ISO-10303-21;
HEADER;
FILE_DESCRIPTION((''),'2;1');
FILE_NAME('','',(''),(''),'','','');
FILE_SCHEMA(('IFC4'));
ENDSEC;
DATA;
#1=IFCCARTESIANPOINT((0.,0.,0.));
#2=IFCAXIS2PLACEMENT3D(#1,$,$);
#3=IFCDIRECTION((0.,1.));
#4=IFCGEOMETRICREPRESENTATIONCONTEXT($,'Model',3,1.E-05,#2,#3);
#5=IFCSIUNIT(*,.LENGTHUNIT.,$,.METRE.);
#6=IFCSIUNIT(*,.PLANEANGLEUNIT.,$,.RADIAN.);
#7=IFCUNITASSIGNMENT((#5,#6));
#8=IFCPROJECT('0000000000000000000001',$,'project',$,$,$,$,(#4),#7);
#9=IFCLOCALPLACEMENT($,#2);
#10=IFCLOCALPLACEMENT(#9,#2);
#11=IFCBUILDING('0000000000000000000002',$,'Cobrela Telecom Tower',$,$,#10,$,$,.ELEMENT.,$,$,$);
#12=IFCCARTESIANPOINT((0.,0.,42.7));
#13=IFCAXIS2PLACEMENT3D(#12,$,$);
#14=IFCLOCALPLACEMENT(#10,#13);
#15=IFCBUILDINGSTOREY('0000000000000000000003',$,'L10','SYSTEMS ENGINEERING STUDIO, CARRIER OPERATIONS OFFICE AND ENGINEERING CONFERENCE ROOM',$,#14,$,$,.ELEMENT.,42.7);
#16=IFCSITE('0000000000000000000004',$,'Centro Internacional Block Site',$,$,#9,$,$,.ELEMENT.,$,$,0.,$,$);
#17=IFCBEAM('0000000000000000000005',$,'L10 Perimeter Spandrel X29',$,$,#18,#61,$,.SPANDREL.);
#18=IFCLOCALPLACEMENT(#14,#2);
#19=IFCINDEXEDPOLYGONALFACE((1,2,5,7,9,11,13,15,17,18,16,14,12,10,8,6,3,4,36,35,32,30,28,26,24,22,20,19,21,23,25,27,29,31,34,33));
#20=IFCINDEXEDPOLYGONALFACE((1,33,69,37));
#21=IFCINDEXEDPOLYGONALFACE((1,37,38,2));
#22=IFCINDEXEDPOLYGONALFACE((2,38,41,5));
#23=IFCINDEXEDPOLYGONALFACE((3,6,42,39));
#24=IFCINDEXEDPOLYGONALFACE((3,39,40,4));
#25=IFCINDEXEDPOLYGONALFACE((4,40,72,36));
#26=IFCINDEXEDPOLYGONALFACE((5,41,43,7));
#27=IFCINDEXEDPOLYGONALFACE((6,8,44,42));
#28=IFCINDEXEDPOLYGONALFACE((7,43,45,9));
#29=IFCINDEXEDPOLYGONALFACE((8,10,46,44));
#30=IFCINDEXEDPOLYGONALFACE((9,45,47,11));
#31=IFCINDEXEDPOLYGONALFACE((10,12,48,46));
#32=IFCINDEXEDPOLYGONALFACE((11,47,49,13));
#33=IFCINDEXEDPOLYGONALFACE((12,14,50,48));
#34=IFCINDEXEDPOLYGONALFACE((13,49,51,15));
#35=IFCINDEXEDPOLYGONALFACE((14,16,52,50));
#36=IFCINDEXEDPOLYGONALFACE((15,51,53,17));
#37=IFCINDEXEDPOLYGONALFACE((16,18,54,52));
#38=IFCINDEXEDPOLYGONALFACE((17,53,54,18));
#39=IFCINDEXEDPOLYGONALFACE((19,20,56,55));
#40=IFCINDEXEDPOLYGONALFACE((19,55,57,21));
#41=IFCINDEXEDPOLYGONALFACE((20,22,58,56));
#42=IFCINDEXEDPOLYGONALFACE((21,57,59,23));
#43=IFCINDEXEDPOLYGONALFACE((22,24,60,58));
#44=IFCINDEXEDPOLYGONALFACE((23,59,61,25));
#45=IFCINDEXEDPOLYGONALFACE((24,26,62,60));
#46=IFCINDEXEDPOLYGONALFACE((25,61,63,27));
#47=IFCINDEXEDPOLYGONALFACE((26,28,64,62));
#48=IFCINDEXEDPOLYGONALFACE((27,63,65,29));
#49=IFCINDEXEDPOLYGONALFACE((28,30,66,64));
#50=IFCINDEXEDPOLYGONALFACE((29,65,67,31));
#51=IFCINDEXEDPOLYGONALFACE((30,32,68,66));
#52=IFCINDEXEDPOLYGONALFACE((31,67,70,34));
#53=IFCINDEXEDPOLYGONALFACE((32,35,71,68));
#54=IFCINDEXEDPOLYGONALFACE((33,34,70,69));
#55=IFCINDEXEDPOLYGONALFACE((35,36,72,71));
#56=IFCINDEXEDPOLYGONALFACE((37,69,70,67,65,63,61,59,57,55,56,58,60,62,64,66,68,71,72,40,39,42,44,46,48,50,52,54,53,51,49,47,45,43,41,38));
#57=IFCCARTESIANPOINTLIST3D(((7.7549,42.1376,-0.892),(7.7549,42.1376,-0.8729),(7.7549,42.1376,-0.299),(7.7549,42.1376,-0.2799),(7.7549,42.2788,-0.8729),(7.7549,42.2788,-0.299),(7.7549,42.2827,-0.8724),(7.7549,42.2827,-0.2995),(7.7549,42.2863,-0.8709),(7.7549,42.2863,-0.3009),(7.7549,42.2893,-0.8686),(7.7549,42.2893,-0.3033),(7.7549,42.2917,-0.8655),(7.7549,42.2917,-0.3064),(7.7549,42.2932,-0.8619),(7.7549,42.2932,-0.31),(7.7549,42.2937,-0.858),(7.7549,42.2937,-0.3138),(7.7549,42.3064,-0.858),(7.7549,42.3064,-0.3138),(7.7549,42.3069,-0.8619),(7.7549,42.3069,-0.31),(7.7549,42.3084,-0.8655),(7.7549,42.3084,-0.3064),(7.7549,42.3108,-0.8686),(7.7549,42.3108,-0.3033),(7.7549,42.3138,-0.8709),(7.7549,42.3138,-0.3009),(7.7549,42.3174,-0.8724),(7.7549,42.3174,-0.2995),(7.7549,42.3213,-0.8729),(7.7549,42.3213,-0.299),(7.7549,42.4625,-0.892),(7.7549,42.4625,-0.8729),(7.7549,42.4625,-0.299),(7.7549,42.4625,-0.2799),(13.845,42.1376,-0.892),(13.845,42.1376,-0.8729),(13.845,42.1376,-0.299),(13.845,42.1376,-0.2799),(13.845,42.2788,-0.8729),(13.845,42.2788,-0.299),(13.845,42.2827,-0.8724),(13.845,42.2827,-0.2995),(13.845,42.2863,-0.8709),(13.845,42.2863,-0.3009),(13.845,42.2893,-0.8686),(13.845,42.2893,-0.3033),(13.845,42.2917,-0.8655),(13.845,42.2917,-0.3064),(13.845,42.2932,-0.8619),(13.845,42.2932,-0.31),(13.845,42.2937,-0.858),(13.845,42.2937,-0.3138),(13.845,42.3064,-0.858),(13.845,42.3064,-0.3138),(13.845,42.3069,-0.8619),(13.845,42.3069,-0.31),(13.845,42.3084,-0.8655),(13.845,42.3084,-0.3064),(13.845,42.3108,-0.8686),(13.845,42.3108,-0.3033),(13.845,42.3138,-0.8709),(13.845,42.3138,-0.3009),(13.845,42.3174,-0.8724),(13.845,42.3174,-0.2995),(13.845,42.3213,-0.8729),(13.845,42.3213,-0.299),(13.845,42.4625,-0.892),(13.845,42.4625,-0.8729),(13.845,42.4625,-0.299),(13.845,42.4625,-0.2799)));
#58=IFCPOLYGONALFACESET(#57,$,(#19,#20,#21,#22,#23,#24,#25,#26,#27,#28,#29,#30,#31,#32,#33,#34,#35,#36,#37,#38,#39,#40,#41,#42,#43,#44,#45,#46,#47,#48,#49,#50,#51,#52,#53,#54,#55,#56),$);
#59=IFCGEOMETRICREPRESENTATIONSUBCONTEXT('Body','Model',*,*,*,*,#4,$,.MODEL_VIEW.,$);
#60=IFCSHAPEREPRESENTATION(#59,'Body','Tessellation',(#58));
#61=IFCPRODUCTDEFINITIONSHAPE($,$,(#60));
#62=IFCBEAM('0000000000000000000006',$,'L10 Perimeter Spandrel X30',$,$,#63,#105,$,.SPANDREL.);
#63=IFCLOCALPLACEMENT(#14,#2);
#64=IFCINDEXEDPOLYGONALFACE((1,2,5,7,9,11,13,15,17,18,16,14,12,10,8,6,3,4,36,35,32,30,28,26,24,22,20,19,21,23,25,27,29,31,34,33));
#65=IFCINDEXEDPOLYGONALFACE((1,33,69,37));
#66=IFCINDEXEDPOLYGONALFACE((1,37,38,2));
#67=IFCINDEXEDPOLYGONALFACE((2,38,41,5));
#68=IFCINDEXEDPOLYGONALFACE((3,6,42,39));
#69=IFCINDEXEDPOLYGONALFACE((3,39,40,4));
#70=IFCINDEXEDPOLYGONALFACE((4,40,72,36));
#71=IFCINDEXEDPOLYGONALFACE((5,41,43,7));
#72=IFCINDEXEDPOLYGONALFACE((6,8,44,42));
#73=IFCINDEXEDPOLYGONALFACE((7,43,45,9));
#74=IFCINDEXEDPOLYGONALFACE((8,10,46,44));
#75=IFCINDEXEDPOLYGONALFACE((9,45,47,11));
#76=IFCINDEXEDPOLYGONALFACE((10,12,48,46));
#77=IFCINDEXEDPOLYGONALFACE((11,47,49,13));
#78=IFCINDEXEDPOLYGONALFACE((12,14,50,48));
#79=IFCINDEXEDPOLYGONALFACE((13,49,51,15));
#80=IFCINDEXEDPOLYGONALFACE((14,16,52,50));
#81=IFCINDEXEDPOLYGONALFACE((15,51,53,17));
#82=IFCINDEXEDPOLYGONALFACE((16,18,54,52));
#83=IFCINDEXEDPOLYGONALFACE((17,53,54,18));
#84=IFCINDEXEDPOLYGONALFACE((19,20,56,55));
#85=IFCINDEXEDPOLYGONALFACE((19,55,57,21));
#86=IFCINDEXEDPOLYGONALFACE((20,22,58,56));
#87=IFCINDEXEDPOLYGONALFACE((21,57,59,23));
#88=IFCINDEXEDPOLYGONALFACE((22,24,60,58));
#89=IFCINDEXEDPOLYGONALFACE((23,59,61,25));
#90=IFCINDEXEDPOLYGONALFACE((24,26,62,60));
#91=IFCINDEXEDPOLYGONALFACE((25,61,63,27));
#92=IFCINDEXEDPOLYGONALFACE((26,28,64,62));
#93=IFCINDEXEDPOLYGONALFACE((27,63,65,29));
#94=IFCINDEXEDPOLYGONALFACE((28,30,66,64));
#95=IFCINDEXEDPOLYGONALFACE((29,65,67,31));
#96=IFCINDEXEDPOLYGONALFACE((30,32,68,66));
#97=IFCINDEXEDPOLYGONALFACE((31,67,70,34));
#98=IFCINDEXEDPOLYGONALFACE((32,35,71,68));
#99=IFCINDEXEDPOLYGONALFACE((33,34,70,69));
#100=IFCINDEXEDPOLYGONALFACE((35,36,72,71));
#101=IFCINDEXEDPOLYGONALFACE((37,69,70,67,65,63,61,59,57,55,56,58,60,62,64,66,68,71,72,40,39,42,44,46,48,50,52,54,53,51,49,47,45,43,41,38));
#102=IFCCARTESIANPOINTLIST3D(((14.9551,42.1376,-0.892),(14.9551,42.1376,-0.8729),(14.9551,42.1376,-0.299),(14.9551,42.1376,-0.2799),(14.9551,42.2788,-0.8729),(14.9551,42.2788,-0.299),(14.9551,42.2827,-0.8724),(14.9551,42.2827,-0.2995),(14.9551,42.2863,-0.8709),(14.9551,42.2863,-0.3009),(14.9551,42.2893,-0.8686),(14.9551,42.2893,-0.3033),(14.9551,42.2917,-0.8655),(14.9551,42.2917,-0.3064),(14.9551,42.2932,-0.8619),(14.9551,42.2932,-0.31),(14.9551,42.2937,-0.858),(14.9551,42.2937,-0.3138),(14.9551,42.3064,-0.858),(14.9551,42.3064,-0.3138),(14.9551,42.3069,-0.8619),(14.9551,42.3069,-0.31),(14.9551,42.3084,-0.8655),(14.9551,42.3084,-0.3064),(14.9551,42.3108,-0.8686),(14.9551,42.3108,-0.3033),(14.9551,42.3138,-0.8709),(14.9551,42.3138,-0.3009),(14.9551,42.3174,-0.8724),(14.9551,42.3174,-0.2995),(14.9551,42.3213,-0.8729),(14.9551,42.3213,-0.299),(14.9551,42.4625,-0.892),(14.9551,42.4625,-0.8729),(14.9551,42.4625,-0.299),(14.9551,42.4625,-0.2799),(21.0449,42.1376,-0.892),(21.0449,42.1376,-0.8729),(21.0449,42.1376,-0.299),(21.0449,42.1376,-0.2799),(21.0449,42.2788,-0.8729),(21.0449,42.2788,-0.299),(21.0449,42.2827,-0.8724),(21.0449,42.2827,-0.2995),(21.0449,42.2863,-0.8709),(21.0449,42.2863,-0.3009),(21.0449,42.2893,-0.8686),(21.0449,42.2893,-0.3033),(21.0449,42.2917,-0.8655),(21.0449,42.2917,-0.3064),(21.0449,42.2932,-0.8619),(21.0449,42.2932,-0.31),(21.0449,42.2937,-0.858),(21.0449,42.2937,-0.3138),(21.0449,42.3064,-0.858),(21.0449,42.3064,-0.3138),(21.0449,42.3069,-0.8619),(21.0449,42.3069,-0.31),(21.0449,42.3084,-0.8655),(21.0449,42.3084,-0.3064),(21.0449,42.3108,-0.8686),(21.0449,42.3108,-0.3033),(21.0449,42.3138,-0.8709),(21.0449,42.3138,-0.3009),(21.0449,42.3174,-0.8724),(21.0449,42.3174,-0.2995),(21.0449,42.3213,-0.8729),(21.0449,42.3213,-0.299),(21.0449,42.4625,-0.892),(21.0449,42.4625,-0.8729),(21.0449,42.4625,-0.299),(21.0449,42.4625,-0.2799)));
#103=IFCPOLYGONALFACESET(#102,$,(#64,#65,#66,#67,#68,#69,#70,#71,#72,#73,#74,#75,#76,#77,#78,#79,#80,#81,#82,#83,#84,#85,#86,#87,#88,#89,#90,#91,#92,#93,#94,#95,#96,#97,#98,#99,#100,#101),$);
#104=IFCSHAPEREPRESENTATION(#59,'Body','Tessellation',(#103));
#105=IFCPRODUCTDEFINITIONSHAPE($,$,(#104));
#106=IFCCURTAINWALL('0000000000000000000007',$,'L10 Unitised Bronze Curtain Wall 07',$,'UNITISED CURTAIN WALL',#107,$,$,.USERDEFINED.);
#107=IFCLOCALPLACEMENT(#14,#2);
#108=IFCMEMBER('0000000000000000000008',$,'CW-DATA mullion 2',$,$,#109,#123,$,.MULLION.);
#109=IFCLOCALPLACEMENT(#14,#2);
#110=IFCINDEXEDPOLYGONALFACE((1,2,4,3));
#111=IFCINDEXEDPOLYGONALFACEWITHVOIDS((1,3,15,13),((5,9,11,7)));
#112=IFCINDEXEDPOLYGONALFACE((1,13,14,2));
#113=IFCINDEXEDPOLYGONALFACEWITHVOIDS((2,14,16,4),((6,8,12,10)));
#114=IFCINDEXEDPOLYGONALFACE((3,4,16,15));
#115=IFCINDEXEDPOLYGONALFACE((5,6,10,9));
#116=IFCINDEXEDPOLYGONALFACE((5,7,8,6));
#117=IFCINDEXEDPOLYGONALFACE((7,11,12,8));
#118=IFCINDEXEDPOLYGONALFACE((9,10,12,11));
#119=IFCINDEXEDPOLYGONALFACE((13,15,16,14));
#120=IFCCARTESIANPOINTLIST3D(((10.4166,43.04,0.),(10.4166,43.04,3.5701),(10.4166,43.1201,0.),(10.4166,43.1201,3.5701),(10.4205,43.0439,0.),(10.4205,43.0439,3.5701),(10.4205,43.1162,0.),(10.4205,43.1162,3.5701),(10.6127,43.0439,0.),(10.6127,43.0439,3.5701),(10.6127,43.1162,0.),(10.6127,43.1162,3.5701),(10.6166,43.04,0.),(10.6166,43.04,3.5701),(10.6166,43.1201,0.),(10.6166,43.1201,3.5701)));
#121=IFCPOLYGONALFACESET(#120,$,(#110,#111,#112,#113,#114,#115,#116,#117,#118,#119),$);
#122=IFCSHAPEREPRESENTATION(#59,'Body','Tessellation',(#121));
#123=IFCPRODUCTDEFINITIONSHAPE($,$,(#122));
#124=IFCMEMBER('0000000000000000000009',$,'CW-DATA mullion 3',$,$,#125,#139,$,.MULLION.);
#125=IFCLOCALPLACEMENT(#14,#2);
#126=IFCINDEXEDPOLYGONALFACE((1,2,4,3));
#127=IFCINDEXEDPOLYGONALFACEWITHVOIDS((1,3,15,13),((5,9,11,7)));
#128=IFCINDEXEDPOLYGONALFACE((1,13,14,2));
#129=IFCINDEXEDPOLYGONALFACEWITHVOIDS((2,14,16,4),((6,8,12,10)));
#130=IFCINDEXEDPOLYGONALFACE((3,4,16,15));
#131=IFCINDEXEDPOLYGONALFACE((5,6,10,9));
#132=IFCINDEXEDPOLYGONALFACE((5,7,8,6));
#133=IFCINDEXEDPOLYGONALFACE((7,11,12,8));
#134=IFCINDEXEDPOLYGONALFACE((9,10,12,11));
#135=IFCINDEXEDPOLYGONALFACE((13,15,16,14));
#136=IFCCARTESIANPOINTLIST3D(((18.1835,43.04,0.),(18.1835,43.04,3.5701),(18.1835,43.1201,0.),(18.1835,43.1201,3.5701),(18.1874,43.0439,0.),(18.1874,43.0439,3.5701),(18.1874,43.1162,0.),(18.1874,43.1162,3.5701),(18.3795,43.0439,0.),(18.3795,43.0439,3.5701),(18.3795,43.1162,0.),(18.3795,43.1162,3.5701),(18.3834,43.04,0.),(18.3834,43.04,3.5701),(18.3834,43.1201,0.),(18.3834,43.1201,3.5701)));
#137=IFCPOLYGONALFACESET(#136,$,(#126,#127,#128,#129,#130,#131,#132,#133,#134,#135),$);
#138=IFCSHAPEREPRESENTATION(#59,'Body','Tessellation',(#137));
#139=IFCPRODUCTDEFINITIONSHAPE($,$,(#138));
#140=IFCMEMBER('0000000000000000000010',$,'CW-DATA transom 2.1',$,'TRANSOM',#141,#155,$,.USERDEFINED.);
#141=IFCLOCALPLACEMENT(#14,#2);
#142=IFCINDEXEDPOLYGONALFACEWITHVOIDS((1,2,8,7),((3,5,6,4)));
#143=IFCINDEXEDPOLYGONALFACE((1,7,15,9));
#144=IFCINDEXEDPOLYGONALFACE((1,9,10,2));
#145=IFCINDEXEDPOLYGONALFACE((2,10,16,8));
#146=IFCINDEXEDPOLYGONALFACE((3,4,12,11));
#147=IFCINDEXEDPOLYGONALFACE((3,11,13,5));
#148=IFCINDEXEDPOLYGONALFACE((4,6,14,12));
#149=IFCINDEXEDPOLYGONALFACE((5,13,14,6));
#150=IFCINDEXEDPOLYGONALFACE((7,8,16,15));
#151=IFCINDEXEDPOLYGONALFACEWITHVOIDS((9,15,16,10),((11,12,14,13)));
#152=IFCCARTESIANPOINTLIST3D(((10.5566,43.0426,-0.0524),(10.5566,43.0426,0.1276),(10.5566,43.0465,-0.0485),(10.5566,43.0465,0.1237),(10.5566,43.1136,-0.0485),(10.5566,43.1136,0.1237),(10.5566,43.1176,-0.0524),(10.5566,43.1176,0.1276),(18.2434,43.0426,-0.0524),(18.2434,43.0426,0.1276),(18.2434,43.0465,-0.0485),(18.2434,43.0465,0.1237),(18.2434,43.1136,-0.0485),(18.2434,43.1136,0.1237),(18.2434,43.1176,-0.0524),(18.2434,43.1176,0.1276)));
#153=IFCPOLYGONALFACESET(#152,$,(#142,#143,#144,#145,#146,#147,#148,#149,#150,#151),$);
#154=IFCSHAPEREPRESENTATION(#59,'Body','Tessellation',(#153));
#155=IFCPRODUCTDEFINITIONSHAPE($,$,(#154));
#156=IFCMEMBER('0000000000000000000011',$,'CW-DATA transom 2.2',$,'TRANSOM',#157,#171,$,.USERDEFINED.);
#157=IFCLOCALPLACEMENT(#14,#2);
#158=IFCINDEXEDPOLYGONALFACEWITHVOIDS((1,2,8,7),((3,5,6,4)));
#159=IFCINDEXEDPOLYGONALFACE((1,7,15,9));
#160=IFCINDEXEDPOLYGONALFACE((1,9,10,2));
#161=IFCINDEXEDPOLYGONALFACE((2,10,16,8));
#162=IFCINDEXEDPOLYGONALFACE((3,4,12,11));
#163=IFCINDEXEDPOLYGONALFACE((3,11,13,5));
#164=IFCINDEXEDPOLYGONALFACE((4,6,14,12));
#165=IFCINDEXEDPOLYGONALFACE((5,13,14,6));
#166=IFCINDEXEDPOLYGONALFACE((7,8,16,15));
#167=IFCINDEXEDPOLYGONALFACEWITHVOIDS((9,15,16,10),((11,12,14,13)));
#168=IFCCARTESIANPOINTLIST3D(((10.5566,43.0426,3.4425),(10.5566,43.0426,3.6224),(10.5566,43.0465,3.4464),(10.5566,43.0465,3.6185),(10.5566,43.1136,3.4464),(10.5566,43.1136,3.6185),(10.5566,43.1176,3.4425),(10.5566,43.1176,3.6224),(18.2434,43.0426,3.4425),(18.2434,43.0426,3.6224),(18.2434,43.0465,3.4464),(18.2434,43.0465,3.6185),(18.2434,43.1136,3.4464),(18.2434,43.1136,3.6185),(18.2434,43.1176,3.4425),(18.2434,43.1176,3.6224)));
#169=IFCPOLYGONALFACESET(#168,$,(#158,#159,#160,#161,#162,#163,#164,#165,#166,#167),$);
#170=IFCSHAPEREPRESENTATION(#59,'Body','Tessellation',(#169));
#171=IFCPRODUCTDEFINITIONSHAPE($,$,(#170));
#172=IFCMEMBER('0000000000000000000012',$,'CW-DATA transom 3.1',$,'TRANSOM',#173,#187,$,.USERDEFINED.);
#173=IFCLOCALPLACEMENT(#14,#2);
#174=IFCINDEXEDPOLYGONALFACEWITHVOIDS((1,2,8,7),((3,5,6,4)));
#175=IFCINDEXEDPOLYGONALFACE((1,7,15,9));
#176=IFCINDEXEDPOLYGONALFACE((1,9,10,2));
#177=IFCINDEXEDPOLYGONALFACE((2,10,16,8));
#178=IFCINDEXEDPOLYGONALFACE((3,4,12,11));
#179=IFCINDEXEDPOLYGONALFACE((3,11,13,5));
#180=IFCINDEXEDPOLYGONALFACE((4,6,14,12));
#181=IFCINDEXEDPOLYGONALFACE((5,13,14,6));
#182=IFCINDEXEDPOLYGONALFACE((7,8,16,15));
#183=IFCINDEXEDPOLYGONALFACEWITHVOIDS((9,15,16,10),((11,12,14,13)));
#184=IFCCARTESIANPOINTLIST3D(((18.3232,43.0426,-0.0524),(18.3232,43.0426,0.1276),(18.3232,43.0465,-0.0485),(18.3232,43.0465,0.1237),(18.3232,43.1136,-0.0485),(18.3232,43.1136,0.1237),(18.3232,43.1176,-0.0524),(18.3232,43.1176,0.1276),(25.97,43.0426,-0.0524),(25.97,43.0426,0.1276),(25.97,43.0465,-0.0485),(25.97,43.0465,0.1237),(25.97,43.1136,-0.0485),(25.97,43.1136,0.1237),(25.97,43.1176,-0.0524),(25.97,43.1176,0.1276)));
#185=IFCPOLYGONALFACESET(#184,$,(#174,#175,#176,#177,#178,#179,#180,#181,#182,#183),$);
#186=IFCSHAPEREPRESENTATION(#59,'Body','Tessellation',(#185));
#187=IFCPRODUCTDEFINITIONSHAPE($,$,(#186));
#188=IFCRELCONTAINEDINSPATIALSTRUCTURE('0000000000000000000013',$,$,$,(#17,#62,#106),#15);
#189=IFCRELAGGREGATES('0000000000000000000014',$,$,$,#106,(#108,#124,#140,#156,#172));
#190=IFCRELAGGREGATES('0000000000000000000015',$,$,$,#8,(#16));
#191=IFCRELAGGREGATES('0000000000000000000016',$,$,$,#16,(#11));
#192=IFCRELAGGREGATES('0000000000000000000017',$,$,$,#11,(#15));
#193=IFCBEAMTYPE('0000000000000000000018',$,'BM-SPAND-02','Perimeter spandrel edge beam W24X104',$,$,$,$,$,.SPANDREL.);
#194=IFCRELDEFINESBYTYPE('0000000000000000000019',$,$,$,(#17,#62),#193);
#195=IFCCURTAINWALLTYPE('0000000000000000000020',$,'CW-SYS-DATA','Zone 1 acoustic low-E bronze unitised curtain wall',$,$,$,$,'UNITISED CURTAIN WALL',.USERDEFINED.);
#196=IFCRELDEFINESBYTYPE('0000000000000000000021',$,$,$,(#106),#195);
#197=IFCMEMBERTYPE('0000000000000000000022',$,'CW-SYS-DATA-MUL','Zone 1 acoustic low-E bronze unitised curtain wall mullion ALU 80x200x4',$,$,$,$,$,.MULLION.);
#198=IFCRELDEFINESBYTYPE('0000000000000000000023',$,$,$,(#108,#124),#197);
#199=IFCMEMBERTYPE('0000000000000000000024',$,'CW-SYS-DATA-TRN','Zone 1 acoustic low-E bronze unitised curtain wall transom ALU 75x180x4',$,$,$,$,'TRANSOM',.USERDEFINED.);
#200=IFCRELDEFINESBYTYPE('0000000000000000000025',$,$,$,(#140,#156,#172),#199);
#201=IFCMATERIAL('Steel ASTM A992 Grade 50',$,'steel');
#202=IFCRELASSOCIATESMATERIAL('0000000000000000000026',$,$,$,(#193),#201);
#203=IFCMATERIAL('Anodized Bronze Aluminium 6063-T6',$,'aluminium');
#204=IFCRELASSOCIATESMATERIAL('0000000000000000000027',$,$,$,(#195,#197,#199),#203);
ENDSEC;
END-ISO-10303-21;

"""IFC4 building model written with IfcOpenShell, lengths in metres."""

from ifc_helpers import new_model, si_unit, direction, frame, origin, origin_2d, place, context, subcontext, project, spatial, hollow_rectangle, i_section, extrude, material, material_profile, profile_set, type_object, element, aggregate, save


model = new_model("IFC4")

# Units and contexts
model_context = context("Model", 3, precision=1e-05, world=origin(), true_north=direction((0.0, 1.0)))
body_context = subcontext(model_context, "Body", "Model", "MODEL_VIEW")
ifc_project = project(units=[si_unit("LENGTHUNIT", "METRE"), si_unit("PLANEANGLEUNIT", "RADIAN")], contexts=[model_context])

# Site, building, storey
site_placement = place(None, origin())
site = spatial("IfcSite", under=ifc_project, at=site_placement, Name="Centro Internacional Block Site", CompositionType="ELEMENT", RefElevation=0.0)
building_placement = place(site_placement, origin())
building = spatial("IfcBuilding", under=site, at=building_placement, Name="Cobrela Telecom Tower", CompositionType="ELEMENT")
storey_placement = place(building_placement, frame((0.0, 0.0, 42.7)))
storey = spatial("IfcBuildingStorey", under=building, at=storey_placement, Name="L10", Description="SYSTEMS ENGINEERING STUDIO, CARRIER OPERATIONS OFFICE AND ENGINEERING CONFERENCE ROOM", CompositionType="ELEMENT", Elevation=42.7)

# Beams
ifc_material_1 = material(Name="Steel ASTM A992 Grade 50", Category="steel")
ifc_material_profile_1 = material_profile(ifc_material_1, i_section(OverallWidth=0.325, OverallDepth=0.6121, WebThickness=0.0127, FlangeThickness=0.019, FilletRadius=0.0149, at=origin_2d()), Name="W24X104")
ifc_profile_set_1 = profile_set([ifc_material_profile_1], Name="Steel ASTM A992 Grade 50")
beam_type_1 = type_object("IfcBeamType", Name="BM-SPAND-02", Description="Perimeter spandrel edge beam W24X104", PredefinedType="SPANDREL", material=ifc_profile_set_1)
beam_1_placement = place(storey_placement, frame((7.7549, 42.3, -0.5859), z_axis=(1.0, 0.0, 0.0), x_axis=(0.0, 1.0, 0.0)))
element("IfcBeam", 1, at=beam_1_placement, inside=storey, type_object=beam_type_1, Name="L10 Perimeter Spandrel X29", PredefinedType="SPANDREL", context=body_context, shape_type="SweptSolid", body=[
    extrude(i_section(OverallWidth=0.325, OverallDepth=0.6121, WebThickness=0.0127, FlangeThickness=0.019, FilletRadius=0.0149, at=origin_2d()), origin(), (0.0, 0.0, 1.0), 6.0901),
])
beam_2_placement = place(storey_placement, frame((14.9551, 42.3, -0.5859), z_axis=(1.0, 0.0, 0.0), x_axis=(0.0, 1.0, 0.0)))
element("IfcBeam", 2, at=beam_2_placement, inside=storey, type_object=beam_type_1, Name="L10 Perimeter Spandrel X30", PredefinedType="SPANDREL", context=body_context, shape_type="SweptSolid", body=[
    extrude(i_section(OverallWidth=0.325, OverallDepth=0.6121, WebThickness=0.0127, FlangeThickness=0.019, FilletRadius=0.0149, at=origin_2d()), origin(), (0.0, 0.0, 1.0), 6.0898),
])

# Curtain wall, members
ifc_material_2 = material(Name="Anodized Bronze Aluminium 6063-T6", Category="aluminium")
curtain_wall_type = type_object("IfcCurtainWallType", Name="CW-SYS-DATA", Description="Zone 1 acoustic low-E bronze unitised curtain wall", ElementType="UNITISED CURTAIN WALL", PredefinedType="USERDEFINED", material=ifc_material_2)
curtain_wall_placement = place(storey_placement, origin())
curtain_wall = element("IfcCurtainWall", 3, at=curtain_wall_placement, inside=storey, type_object=curtain_wall_type, Name="L10 Unitised Bronze Curtain Wall 07", ObjectType="UNITISED CURTAIN WALL", PredefinedType="USERDEFINED")
ifc_material_profile_2 = material_profile(ifc_material_2, hollow_rectangle(XDim=0.0801, YDim=0.2, WallThickness=0.0039, at=origin_2d()), Name="ALU 80x200x4")
ifc_profile_set_2 = profile_set([ifc_material_profile_2], Name="Anodized Bronze Aluminium 6063-T6")
member_type_1 = type_object("IfcMemberType", Name="CW-SYS-DATA-MUL", Description="Zone 1 acoustic low-E bronze unitised curtain wall mullion ALU 80x200x4", PredefinedType="MULLION", material=ifc_profile_set_2)
member_1_placement = place(storey_placement, frame((10.5166, 43.0801, 0.0), z_axis=(0.0, 0.0, 1.0), x_axis=(0.0, 1.0, 0.0)))
member_1 = element("IfcMember", 4, at=member_1_placement, type_object=member_type_1, Name="CW-DATA mullion 2", PredefinedType="MULLION", context=body_context, shape_type="SweptSolid", body=[
    extrude(hollow_rectangle(XDim=0.0801, YDim=0.2, WallThickness=0.0039, at=origin_2d()), origin(), (0.0, 0.0, 1.0), 3.5701),
])
member_2_placement = place(storey_placement, frame((18.2834, 43.0801, 0.0), z_axis=(0.0, 0.0, 1.0), x_axis=(0.0, 1.0, 0.0)))
member_2 = element("IfcMember", 5, at=member_2_placement, type_object=member_type_1, Name="CW-DATA mullion 3", PredefinedType="MULLION", context=body_context, shape_type="SweptSolid", body=[
    extrude(hollow_rectangle(XDim=0.0801, YDim=0.2, WallThickness=0.0039, at=origin_2d()), origin(), (0.0, 0.0, 1.0), 3.5701),
])
ifc_material_profile_3 = material_profile(ifc_material_2, hollow_rectangle(XDim=0.075, YDim=0.1799, WallThickness=0.0039, at=origin_2d()), Name="ALU 75x180x4")
ifc_profile_set_3 = profile_set([ifc_material_profile_3], Name="Anodized Bronze Aluminium 6063-T6")
member_type_2 = type_object("IfcMemberType", Name="CW-SYS-DATA-TRN", Description="Zone 1 acoustic low-E bronze unitised curtain wall transom ALU 75x180x4", ElementType="TRANSOM", PredefinedType="USERDEFINED", material=ifc_profile_set_3)
member_3_placement = place(storey_placement, frame((10.5566, 43.0801, 0.0376), z_axis=(1.0, 0.0, 0.0), x_axis=(0.0, 1.0, 0.0)))
member_3 = element("IfcMember", 6, at=member_3_placement, type_object=member_type_2, Name="CW-DATA transom 2.1", ObjectType="TRANSOM", PredefinedType="USERDEFINED", context=body_context, shape_type="SweptSolid", body=[
    extrude(hollow_rectangle(XDim=0.075, YDim=0.1799, WallThickness=0.0039, at=origin_2d()), origin(), (0.0, 0.0, 1.0), 7.6868),
])
member_4_placement = place(storey_placement, frame((10.5566, 43.0801, 3.5325), z_axis=(1.0, 0.0, 0.0), x_axis=(0.0, 1.0, 0.0)))
member_4 = element("IfcMember", 7, at=member_4_placement, type_object=member_type_2, Name="CW-DATA transom 2.2", ObjectType="TRANSOM", PredefinedType="USERDEFINED", context=body_context, shape_type="SweptSolid", body=[
    extrude(hollow_rectangle(XDim=0.075, YDim=0.1799, WallThickness=0.0039, at=origin_2d()), origin(), (0.0, 0.0, 1.0), 7.6868),
])
member_5_placement = place(storey_placement, frame((18.3232, 43.0801, 0.0376), z_axis=(1.0, 0.0, 0.0), x_axis=(0.0, 1.0, 0.0)))
member_5 = element("IfcMember", 8, at=member_5_placement, type_object=member_type_2, Name="CW-DATA transom 3.1", ObjectType="TRANSOM", PredefinedType="USERDEFINED", context=body_context, shape_type="SweptSolid", body=[
    extrude(hollow_rectangle(XDim=0.075, YDim=0.1799, WallThickness=0.0039, at=origin_2d()), origin(), (0.0, 0.0, 1.0), 7.6467),
])

aggregate(curtain_wall, [member_1, member_2, member_3, member_4, member_5])

save(model, "model.ifc")
